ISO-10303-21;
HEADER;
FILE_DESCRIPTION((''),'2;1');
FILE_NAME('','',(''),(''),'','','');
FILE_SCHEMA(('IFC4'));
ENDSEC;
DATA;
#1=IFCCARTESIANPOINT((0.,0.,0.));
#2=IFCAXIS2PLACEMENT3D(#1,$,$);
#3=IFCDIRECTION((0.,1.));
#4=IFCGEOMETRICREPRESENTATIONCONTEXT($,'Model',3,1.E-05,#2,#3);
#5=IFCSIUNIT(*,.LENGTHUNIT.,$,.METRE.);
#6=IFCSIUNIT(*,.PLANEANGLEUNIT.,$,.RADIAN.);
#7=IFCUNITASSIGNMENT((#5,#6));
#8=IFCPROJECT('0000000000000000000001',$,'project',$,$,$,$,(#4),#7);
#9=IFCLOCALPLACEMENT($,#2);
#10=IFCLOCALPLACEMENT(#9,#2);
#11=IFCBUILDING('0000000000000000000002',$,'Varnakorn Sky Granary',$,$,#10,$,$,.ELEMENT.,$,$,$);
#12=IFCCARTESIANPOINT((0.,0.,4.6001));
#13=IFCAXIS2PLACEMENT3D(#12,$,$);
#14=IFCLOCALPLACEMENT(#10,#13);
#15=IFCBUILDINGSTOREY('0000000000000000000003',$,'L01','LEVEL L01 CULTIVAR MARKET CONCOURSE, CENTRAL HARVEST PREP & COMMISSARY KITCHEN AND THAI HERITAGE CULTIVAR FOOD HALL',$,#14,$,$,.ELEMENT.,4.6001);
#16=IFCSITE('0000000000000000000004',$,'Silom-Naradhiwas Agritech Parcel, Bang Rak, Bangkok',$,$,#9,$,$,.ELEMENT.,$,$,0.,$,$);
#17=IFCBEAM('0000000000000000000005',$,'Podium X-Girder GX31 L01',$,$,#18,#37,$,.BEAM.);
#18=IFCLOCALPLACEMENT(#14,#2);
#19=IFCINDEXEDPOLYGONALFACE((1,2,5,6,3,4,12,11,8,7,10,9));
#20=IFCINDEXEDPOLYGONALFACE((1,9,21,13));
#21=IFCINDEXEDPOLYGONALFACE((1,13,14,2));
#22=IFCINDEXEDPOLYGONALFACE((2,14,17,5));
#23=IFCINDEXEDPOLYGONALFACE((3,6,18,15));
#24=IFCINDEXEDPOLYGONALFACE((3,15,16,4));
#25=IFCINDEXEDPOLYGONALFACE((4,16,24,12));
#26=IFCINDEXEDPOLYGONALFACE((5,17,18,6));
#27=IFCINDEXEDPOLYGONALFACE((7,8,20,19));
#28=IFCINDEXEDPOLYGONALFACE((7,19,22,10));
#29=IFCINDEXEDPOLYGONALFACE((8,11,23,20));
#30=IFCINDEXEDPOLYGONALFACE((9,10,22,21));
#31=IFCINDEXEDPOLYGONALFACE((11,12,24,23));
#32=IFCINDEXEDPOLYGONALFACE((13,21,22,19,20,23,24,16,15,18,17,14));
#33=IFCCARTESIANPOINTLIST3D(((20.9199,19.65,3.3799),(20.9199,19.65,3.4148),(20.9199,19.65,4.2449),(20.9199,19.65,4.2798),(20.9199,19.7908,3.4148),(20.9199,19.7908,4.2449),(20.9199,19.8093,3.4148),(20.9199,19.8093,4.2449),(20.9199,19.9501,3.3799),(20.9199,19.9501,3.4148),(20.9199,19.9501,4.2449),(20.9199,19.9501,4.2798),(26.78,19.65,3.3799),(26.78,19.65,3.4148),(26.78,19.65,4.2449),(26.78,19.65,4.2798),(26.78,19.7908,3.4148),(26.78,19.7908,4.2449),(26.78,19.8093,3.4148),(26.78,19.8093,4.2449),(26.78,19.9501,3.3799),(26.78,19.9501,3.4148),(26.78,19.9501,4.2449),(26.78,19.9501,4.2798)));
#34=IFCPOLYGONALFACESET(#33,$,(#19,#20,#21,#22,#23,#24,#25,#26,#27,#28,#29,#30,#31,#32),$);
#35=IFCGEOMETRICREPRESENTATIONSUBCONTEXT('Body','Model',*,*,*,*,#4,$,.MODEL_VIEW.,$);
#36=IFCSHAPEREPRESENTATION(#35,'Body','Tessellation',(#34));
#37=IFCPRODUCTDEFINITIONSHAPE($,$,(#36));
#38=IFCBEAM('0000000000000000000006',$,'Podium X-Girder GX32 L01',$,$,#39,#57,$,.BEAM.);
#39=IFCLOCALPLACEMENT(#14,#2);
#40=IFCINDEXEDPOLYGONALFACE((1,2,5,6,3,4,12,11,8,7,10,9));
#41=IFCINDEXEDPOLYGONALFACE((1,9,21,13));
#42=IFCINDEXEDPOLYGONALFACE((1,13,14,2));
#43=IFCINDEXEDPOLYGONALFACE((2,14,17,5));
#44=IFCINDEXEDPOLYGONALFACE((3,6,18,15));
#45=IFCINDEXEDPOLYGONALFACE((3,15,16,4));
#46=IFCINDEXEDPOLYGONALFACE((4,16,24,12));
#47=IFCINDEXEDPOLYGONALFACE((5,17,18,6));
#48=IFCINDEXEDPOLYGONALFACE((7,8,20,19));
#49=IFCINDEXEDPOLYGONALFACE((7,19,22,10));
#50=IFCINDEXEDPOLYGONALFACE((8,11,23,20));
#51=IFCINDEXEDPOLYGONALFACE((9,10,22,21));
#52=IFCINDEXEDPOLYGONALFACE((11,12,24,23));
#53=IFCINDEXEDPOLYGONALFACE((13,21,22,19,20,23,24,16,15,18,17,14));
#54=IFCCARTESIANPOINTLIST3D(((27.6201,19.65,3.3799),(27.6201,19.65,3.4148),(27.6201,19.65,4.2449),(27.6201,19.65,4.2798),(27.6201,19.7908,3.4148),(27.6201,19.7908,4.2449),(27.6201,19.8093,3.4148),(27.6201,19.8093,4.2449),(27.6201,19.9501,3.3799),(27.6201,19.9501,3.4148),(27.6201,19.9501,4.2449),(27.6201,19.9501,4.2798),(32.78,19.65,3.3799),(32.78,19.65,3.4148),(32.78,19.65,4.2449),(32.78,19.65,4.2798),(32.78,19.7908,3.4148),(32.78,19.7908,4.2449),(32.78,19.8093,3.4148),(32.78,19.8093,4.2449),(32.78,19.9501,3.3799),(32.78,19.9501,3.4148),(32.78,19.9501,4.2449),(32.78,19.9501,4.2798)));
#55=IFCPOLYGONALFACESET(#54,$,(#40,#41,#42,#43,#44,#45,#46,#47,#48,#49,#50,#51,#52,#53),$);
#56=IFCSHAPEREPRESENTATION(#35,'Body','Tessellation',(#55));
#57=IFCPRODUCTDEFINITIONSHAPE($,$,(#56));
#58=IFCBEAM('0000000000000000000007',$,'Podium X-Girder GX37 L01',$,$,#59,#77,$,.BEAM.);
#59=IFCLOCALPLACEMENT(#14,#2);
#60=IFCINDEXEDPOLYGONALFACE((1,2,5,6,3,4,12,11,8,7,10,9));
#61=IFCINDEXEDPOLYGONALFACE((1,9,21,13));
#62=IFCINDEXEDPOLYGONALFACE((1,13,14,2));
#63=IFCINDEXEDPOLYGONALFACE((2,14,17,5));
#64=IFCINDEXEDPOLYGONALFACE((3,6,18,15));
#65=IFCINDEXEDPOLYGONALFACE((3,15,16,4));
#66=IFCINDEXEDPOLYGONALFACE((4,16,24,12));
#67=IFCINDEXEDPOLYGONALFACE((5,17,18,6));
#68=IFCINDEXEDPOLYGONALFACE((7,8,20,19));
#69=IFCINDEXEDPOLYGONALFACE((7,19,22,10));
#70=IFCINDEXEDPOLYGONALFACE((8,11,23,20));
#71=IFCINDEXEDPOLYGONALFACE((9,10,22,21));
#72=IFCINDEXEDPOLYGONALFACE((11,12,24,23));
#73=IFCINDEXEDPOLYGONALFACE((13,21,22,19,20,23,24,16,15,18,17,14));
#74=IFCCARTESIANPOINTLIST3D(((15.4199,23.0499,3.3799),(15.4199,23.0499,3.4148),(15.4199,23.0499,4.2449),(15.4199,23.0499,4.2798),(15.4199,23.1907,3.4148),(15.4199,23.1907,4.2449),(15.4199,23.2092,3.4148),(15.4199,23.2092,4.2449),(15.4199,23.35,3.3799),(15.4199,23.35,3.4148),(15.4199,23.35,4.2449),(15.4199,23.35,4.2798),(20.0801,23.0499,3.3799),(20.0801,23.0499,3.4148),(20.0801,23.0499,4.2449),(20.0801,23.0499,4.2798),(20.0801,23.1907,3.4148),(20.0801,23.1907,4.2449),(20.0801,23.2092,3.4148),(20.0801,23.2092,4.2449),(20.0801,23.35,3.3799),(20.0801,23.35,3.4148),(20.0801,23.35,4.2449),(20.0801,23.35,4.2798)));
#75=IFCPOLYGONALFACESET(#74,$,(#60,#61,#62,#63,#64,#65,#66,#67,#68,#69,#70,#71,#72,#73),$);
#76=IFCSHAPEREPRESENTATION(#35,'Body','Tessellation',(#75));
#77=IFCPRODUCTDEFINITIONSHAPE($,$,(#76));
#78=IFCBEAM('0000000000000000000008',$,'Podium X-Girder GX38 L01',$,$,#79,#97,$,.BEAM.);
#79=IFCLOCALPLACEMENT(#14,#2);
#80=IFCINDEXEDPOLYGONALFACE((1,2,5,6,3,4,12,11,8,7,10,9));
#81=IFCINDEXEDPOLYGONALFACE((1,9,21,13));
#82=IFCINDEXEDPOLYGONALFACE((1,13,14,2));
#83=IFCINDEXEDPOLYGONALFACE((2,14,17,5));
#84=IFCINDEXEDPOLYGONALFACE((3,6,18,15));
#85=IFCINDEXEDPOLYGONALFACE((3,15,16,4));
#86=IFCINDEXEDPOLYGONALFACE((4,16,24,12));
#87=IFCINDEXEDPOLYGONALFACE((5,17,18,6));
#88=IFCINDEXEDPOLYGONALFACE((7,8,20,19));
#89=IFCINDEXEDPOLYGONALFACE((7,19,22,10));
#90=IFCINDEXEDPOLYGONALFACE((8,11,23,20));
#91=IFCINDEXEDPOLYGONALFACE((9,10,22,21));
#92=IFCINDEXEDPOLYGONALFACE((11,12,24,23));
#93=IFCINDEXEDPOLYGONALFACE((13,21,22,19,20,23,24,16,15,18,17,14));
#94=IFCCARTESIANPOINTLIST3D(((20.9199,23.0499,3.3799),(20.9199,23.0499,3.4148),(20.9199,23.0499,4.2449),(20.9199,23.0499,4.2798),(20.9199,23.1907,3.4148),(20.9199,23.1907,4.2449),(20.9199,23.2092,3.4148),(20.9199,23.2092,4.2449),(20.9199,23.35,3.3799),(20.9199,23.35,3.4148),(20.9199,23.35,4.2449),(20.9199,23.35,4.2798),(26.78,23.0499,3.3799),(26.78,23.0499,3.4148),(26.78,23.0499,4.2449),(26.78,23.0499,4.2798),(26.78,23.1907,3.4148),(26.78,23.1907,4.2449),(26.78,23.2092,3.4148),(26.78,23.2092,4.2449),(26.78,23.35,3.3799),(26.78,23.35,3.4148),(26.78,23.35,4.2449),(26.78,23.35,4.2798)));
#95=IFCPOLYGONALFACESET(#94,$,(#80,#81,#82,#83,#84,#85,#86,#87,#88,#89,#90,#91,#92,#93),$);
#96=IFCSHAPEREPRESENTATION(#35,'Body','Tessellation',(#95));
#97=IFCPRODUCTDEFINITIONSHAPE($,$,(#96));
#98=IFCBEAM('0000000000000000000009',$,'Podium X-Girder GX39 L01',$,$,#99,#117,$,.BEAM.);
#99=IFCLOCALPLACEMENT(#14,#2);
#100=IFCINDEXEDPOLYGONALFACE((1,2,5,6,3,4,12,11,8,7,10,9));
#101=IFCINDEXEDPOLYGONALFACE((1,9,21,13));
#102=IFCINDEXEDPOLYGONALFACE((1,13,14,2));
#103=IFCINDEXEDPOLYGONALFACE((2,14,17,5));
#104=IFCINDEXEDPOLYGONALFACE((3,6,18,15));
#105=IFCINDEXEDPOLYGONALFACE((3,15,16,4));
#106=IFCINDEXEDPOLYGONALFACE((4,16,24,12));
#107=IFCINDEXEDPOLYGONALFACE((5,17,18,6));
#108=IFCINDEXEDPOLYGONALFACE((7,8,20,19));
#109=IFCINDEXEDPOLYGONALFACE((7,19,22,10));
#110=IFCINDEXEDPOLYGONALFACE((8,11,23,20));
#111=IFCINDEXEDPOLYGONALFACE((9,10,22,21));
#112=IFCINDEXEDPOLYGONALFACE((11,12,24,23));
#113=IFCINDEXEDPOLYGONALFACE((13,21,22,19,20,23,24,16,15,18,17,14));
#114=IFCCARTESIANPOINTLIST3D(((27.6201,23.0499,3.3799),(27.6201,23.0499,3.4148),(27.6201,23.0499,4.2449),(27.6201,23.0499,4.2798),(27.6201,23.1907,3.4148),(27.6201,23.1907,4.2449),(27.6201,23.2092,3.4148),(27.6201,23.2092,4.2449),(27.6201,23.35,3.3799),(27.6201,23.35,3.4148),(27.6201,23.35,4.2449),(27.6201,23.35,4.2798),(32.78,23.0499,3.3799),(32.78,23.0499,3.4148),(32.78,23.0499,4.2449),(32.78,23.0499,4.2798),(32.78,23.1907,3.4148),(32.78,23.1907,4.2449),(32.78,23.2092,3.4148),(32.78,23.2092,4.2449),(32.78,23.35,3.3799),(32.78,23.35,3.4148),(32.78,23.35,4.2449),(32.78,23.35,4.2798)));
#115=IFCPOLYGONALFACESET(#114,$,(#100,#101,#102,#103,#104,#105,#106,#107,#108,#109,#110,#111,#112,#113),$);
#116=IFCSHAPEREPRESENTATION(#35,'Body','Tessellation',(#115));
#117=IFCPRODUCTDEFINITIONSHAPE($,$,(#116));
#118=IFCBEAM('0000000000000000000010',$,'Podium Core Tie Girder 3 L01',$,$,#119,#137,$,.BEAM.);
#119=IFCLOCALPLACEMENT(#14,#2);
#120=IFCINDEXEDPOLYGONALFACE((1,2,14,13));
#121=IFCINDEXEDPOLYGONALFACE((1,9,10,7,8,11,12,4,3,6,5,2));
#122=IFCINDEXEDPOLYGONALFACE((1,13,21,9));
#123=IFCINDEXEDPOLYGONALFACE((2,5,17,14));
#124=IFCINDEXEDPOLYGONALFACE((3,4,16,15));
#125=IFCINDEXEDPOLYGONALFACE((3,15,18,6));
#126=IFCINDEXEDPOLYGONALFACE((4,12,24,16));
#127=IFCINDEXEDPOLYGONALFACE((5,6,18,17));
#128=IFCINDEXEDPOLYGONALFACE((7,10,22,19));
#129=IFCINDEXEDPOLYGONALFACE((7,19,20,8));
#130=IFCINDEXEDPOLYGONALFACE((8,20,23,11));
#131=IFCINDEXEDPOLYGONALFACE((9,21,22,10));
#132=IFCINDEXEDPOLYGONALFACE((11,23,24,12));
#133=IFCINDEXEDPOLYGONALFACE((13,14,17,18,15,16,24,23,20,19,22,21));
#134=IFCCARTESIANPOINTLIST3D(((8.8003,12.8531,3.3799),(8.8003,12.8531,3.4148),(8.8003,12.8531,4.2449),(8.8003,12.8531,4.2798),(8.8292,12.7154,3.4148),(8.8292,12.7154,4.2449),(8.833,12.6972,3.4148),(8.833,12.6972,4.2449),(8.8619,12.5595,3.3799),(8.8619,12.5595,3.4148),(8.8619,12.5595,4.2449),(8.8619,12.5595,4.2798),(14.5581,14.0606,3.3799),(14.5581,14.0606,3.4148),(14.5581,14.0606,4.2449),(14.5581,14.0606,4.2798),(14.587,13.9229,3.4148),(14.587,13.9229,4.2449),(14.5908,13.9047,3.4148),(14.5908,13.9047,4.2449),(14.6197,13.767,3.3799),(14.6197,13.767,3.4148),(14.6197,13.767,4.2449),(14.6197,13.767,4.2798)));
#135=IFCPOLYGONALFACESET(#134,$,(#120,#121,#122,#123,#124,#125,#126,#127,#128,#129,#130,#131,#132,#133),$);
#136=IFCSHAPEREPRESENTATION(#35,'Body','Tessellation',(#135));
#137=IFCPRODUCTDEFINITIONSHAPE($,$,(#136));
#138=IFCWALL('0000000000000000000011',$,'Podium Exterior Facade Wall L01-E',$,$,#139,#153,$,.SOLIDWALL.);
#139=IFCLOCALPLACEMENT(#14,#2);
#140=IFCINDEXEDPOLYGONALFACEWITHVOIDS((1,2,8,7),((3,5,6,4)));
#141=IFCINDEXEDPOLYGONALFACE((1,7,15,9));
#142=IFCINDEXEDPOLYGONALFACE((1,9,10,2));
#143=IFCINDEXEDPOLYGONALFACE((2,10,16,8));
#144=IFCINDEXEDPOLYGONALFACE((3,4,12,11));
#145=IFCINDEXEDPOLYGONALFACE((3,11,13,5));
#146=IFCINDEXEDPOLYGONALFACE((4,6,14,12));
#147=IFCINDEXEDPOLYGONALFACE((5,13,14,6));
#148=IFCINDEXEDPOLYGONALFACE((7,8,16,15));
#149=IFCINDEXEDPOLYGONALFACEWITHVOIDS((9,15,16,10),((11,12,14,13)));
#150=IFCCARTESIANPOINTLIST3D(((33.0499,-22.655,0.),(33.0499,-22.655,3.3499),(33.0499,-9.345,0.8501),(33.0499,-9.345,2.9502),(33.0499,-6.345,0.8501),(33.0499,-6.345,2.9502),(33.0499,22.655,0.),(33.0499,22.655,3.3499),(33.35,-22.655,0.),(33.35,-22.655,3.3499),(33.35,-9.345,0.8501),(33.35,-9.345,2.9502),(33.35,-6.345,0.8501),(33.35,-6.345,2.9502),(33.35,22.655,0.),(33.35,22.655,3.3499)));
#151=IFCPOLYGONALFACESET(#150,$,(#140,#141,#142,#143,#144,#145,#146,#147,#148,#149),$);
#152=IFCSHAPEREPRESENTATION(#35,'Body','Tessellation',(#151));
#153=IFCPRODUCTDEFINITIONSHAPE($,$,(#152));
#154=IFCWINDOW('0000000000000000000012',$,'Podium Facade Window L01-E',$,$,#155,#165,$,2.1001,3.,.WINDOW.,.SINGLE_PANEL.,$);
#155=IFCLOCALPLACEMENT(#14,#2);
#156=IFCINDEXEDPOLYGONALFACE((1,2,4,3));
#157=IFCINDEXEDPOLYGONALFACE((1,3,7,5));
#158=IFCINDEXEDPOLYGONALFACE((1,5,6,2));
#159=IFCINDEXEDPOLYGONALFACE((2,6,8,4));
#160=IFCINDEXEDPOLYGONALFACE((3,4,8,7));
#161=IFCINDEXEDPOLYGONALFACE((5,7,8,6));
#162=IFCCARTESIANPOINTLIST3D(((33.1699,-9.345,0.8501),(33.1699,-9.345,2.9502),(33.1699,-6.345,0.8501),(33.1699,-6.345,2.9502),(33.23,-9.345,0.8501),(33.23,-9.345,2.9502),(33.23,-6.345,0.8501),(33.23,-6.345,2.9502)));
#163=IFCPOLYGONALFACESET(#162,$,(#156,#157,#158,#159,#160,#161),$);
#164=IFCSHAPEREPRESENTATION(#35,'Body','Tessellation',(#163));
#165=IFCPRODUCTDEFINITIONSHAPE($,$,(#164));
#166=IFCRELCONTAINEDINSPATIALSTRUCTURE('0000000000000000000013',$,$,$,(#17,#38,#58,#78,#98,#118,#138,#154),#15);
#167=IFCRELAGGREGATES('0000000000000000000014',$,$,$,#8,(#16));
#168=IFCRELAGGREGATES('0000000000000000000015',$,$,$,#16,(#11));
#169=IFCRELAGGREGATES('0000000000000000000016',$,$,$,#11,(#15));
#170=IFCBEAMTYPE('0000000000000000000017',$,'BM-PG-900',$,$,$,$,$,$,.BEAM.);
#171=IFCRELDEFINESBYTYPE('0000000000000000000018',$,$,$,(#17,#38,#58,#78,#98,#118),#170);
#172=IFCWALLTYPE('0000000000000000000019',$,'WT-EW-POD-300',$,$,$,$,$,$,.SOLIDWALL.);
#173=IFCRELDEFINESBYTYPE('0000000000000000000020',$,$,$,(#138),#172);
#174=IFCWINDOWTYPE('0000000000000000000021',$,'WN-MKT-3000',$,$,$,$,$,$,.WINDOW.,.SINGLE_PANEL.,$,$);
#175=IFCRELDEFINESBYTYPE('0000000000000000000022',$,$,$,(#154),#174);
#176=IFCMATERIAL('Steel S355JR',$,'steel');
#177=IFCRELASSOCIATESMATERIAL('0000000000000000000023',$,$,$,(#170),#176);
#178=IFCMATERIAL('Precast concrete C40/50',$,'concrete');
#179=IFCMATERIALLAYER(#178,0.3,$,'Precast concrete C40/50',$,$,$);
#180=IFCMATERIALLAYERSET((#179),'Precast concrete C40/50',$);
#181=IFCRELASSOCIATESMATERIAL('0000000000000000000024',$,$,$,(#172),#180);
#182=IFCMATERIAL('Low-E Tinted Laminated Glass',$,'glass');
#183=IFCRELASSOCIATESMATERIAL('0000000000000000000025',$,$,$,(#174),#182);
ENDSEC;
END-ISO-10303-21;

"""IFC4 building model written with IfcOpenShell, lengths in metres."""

from ifc_helpers import new_model, si_unit, direction, frame, frame_2d, origin, origin_2d, place, context, subcontext, project, spatial, rectangle, i_section, extrude, material, layer, layer_set, material_profile, profile_set, type_object, element, fill, save


model = new_model("IFC4")

# Units and contexts
model_context = context("Model", 3, precision=1e-05, world=origin(), true_north=direction((0.0, 1.0)))
body_context = subcontext(model_context, "Body", "Model", "MODEL_VIEW")
ifc_project = project(units=[si_unit("LENGTHUNIT", "METRE"), si_unit("PLANEANGLEUNIT", "RADIAN")], contexts=[model_context])

# Site, building, storey
site_placement = place(None, origin())
site = spatial("IfcSite", under=ifc_project, at=site_placement, Name="Silom-Naradhiwas Agritech Parcel, Bang Rak, Bangkok", CompositionType="ELEMENT", RefElevation=0.0)
building_placement = place(site_placement, origin())
building = spatial("IfcBuilding", under=site, at=building_placement, Name="Varnakorn Sky Granary", CompositionType="ELEMENT")
storey_placement = place(building_placement, frame((0.0, 0.0, 4.6001)))
storey = spatial("IfcBuildingStorey", under=building, at=storey_placement, Name="L01", Description="LEVEL L01 CULTIVAR MARKET CONCOURSE, CENTRAL HARVEST PREP & COMMISSARY KITCHEN AND THAI HERITAGE CULTIVAR FOOD HALL", CompositionType="ELEMENT", Elevation=4.6001)

# Beams
ifc_material_1 = material(Name="Steel S355JR", Category="steel")
ifc_material_profile_1 = material_profile(ifc_material_1, i_section(OverallWidth=0.3, OverallDepth=0.8999, WebThickness=0.0186, FlangeThickness=0.0349, at=origin_2d()), Name="HE 900 B")
ifc_profile_set_1 = profile_set([ifc_material_profile_1], Name="Steel S355JR")
beam_type_1 = type_object("IfcBeamType", Name="BM-PG-900", PredefinedType="BEAM", material=ifc_profile_set_1)
beam_1_placement = place(storey_placement, frame((20.9199, 19.8, 3.8298), z_axis=(1.0, 0.0, 0.0), x_axis=(0.0, 1.0, 0.0)))
element("IfcBeam", 1, at=beam_1_placement, inside=storey, type_object=beam_type_1, Name="Podium X-Girder GX31 L01", PredefinedType="BEAM", context=body_context, shape_type="SweptSolid", body=[
    extrude(i_section(OverallWidth=0.3, OverallDepth=0.8999, WebThickness=0.0186, FlangeThickness=0.0349, at=origin_2d()), origin(), (0.0, 0.0, 1.0), 5.8601),
])
beam_2_placement = place(storey_placement, frame((27.6201, 19.8, 3.8298), z_axis=(1.0, 0.0, 0.0), x_axis=(0.0, 1.0, 0.0)))
element("IfcBeam", 2, at=beam_2_placement, inside=storey, type_object=beam_type_1, Name="Podium X-Girder GX32 L01", PredefinedType="BEAM", context=body_context, shape_type="SweptSolid", body=[
    extrude(i_section(OverallWidth=0.3, OverallDepth=0.8999, WebThickness=0.0186, FlangeThickness=0.0349, at=origin_2d()), origin(), (0.0, 0.0, 1.0), 5.1599),
])
beam_3_placement = place(storey_placement, frame((15.4199, 23.2, 3.8298), z_axis=(1.0, 0.0, 0.0), x_axis=(0.0, 1.0, 0.0)))
element("IfcBeam", 3, at=beam_3_placement, inside=storey, type_object=beam_type_1, Name="Podium X-Girder GX37 L01", PredefinedType="BEAM", context=body_context, shape_type="SweptSolid", body=[
    extrude(i_section(OverallWidth=0.3, OverallDepth=0.8999, WebThickness=0.0186, FlangeThickness=0.0349, at=origin_2d()), origin(), (0.0, 0.0, 1.0), 4.6602),
])
beam_4_placement = place(storey_placement, frame((20.9199, 23.2, 3.8298), z_axis=(1.0, 0.0, 0.0), x_axis=(0.0, 1.0, 0.0)))
element("IfcBeam", 4, at=beam_4_placement, inside=storey, type_object=beam_type_1, Name="Podium X-Girder GX38 L01", PredefinedType="BEAM", context=body_context, shape_type="SweptSolid", body=[
    extrude(i_section(OverallWidth=0.3, OverallDepth=0.8999, WebThickness=0.0186, FlangeThickness=0.0349, at=origin_2d()), origin(), (0.0, 0.0, 1.0), 5.8601),
])
beam_5_placement = place(storey_placement, frame((27.6201, 23.2, 3.8298), z_axis=(1.0, 0.0, 0.0), x_axis=(0.0, 1.0, 0.0)))
element("IfcBeam", 5, at=beam_5_placement, inside=storey, type_object=beam_type_1, Name="Podium X-Girder GX39 L01", PredefinedType="BEAM", context=body_context, shape_type="SweptSolid", body=[
    extrude(i_section(OverallWidth=0.3, OverallDepth=0.8999, WebThickness=0.0186, FlangeThickness=0.0349, at=origin_2d()), origin(), (0.0, 0.0, 1.0), 5.1599),
])
beam_6_placement = place(storey_placement, frame((14.5889, 13.9138, 3.8298), z_axis=(-0.978709, -0.205253, 0.0), x_axis=(0.205253, -0.978709, 0.0)))
element("IfcBeam", 6, at=beam_6_placement, inside=storey, type_object=beam_type_1, Name="Podium Core Tie Girder 3 L01", PredefinedType="BEAM", context=body_context, shape_type="SweptSolid", body=[
    extrude(i_section(OverallWidth=0.3, OverallDepth=0.8999, WebThickness=0.0186, FlangeThickness=0.0349, at=origin_2d()), origin(), (0.0, 0.0, 1.0), 5.8831),
])

# Wall, opening, window
ifc_material_2 = material(Name="Precast concrete C40/50", Category="concrete")
ifc_layer = layer(ifc_material_2, 0.3, Name="Precast concrete C40/50")
ifc_layer_set = layer_set([ifc_layer], Name="Precast concrete C40/50")
wall_type = type_object("IfcWallType", Name="WT-EW-POD-300", PredefinedType="SOLIDWALL", material=ifc_layer_set)
wall_placement = place(storey_placement, frame((33.2, 22.655, 0.0), z_axis=(0.0, 0.0, 1.0), x_axis=(0.0, -1.0, 0.0)))
wall = element("IfcWall", 7, at=wall_placement, inside=storey, type_object=wall_type, Name="Podium Exterior Facade Wall L01-E", PredefinedType="SOLIDWALL", context=body_context, shape_type="SweptSolid", body=[
    extrude(rectangle(XDim=45.3101, YDim=0.3, at=frame_2d((22.655, 0.0))), origin(), (0.0, 0.0, 1.0), 3.3499),
])
opening_placement = place(wall_placement, frame((29.0, 0.0, 0.8501)))
opening = element("IfcOpeningElement", 8, at=opening_placement, cuts=wall, PredefinedType="OPENING", context=body_context, shape_type="SweptSolid", body=[
    extrude(rectangle(XDim=3.0, YDim=2.1001, at=frame_2d((1.5, 1.05))), frame((0.0, 0.1602, 0.0), z_axis=(0.0, -1.0, 0.0), x_axis=(1.0, 0.0, 0.0)), (0.0, 0.0, 1.0), 0.3201),
])
ifc_material_3 = material(Name="Low-E Tinted Laminated Glass", Category="glass")
window_type = type_object("IfcWindowType", Name="WN-MKT-3000", PartitioningType="SINGLE_PANEL", PredefinedType="WINDOW", material=ifc_material_3)
window_placement = place(opening_placement, origin())
window = element("IfcWindow", 9, at=window_placement, inside=storey, type_object=window_type, Name="Podium Facade Window L01-E", OverallHeight=2.1001, OverallWidth=3.0, PartitioningType="SINGLE_PANEL", PredefinedType="WINDOW", context=body_context, shape_type="SweptSolid", body=[
    extrude(rectangle(XDim=3.0, YDim=2.1001, at=frame_2d((1.5, 1.05))), frame((0.0, 0.03, 0.0), z_axis=(0.0, -1.0, 0.0), x_axis=(1.0, 0.0, 0.0)), (0.0, 0.0, 1.0), 0.0601),
])
fill(opening, window)

save(model, "model.ifc")
